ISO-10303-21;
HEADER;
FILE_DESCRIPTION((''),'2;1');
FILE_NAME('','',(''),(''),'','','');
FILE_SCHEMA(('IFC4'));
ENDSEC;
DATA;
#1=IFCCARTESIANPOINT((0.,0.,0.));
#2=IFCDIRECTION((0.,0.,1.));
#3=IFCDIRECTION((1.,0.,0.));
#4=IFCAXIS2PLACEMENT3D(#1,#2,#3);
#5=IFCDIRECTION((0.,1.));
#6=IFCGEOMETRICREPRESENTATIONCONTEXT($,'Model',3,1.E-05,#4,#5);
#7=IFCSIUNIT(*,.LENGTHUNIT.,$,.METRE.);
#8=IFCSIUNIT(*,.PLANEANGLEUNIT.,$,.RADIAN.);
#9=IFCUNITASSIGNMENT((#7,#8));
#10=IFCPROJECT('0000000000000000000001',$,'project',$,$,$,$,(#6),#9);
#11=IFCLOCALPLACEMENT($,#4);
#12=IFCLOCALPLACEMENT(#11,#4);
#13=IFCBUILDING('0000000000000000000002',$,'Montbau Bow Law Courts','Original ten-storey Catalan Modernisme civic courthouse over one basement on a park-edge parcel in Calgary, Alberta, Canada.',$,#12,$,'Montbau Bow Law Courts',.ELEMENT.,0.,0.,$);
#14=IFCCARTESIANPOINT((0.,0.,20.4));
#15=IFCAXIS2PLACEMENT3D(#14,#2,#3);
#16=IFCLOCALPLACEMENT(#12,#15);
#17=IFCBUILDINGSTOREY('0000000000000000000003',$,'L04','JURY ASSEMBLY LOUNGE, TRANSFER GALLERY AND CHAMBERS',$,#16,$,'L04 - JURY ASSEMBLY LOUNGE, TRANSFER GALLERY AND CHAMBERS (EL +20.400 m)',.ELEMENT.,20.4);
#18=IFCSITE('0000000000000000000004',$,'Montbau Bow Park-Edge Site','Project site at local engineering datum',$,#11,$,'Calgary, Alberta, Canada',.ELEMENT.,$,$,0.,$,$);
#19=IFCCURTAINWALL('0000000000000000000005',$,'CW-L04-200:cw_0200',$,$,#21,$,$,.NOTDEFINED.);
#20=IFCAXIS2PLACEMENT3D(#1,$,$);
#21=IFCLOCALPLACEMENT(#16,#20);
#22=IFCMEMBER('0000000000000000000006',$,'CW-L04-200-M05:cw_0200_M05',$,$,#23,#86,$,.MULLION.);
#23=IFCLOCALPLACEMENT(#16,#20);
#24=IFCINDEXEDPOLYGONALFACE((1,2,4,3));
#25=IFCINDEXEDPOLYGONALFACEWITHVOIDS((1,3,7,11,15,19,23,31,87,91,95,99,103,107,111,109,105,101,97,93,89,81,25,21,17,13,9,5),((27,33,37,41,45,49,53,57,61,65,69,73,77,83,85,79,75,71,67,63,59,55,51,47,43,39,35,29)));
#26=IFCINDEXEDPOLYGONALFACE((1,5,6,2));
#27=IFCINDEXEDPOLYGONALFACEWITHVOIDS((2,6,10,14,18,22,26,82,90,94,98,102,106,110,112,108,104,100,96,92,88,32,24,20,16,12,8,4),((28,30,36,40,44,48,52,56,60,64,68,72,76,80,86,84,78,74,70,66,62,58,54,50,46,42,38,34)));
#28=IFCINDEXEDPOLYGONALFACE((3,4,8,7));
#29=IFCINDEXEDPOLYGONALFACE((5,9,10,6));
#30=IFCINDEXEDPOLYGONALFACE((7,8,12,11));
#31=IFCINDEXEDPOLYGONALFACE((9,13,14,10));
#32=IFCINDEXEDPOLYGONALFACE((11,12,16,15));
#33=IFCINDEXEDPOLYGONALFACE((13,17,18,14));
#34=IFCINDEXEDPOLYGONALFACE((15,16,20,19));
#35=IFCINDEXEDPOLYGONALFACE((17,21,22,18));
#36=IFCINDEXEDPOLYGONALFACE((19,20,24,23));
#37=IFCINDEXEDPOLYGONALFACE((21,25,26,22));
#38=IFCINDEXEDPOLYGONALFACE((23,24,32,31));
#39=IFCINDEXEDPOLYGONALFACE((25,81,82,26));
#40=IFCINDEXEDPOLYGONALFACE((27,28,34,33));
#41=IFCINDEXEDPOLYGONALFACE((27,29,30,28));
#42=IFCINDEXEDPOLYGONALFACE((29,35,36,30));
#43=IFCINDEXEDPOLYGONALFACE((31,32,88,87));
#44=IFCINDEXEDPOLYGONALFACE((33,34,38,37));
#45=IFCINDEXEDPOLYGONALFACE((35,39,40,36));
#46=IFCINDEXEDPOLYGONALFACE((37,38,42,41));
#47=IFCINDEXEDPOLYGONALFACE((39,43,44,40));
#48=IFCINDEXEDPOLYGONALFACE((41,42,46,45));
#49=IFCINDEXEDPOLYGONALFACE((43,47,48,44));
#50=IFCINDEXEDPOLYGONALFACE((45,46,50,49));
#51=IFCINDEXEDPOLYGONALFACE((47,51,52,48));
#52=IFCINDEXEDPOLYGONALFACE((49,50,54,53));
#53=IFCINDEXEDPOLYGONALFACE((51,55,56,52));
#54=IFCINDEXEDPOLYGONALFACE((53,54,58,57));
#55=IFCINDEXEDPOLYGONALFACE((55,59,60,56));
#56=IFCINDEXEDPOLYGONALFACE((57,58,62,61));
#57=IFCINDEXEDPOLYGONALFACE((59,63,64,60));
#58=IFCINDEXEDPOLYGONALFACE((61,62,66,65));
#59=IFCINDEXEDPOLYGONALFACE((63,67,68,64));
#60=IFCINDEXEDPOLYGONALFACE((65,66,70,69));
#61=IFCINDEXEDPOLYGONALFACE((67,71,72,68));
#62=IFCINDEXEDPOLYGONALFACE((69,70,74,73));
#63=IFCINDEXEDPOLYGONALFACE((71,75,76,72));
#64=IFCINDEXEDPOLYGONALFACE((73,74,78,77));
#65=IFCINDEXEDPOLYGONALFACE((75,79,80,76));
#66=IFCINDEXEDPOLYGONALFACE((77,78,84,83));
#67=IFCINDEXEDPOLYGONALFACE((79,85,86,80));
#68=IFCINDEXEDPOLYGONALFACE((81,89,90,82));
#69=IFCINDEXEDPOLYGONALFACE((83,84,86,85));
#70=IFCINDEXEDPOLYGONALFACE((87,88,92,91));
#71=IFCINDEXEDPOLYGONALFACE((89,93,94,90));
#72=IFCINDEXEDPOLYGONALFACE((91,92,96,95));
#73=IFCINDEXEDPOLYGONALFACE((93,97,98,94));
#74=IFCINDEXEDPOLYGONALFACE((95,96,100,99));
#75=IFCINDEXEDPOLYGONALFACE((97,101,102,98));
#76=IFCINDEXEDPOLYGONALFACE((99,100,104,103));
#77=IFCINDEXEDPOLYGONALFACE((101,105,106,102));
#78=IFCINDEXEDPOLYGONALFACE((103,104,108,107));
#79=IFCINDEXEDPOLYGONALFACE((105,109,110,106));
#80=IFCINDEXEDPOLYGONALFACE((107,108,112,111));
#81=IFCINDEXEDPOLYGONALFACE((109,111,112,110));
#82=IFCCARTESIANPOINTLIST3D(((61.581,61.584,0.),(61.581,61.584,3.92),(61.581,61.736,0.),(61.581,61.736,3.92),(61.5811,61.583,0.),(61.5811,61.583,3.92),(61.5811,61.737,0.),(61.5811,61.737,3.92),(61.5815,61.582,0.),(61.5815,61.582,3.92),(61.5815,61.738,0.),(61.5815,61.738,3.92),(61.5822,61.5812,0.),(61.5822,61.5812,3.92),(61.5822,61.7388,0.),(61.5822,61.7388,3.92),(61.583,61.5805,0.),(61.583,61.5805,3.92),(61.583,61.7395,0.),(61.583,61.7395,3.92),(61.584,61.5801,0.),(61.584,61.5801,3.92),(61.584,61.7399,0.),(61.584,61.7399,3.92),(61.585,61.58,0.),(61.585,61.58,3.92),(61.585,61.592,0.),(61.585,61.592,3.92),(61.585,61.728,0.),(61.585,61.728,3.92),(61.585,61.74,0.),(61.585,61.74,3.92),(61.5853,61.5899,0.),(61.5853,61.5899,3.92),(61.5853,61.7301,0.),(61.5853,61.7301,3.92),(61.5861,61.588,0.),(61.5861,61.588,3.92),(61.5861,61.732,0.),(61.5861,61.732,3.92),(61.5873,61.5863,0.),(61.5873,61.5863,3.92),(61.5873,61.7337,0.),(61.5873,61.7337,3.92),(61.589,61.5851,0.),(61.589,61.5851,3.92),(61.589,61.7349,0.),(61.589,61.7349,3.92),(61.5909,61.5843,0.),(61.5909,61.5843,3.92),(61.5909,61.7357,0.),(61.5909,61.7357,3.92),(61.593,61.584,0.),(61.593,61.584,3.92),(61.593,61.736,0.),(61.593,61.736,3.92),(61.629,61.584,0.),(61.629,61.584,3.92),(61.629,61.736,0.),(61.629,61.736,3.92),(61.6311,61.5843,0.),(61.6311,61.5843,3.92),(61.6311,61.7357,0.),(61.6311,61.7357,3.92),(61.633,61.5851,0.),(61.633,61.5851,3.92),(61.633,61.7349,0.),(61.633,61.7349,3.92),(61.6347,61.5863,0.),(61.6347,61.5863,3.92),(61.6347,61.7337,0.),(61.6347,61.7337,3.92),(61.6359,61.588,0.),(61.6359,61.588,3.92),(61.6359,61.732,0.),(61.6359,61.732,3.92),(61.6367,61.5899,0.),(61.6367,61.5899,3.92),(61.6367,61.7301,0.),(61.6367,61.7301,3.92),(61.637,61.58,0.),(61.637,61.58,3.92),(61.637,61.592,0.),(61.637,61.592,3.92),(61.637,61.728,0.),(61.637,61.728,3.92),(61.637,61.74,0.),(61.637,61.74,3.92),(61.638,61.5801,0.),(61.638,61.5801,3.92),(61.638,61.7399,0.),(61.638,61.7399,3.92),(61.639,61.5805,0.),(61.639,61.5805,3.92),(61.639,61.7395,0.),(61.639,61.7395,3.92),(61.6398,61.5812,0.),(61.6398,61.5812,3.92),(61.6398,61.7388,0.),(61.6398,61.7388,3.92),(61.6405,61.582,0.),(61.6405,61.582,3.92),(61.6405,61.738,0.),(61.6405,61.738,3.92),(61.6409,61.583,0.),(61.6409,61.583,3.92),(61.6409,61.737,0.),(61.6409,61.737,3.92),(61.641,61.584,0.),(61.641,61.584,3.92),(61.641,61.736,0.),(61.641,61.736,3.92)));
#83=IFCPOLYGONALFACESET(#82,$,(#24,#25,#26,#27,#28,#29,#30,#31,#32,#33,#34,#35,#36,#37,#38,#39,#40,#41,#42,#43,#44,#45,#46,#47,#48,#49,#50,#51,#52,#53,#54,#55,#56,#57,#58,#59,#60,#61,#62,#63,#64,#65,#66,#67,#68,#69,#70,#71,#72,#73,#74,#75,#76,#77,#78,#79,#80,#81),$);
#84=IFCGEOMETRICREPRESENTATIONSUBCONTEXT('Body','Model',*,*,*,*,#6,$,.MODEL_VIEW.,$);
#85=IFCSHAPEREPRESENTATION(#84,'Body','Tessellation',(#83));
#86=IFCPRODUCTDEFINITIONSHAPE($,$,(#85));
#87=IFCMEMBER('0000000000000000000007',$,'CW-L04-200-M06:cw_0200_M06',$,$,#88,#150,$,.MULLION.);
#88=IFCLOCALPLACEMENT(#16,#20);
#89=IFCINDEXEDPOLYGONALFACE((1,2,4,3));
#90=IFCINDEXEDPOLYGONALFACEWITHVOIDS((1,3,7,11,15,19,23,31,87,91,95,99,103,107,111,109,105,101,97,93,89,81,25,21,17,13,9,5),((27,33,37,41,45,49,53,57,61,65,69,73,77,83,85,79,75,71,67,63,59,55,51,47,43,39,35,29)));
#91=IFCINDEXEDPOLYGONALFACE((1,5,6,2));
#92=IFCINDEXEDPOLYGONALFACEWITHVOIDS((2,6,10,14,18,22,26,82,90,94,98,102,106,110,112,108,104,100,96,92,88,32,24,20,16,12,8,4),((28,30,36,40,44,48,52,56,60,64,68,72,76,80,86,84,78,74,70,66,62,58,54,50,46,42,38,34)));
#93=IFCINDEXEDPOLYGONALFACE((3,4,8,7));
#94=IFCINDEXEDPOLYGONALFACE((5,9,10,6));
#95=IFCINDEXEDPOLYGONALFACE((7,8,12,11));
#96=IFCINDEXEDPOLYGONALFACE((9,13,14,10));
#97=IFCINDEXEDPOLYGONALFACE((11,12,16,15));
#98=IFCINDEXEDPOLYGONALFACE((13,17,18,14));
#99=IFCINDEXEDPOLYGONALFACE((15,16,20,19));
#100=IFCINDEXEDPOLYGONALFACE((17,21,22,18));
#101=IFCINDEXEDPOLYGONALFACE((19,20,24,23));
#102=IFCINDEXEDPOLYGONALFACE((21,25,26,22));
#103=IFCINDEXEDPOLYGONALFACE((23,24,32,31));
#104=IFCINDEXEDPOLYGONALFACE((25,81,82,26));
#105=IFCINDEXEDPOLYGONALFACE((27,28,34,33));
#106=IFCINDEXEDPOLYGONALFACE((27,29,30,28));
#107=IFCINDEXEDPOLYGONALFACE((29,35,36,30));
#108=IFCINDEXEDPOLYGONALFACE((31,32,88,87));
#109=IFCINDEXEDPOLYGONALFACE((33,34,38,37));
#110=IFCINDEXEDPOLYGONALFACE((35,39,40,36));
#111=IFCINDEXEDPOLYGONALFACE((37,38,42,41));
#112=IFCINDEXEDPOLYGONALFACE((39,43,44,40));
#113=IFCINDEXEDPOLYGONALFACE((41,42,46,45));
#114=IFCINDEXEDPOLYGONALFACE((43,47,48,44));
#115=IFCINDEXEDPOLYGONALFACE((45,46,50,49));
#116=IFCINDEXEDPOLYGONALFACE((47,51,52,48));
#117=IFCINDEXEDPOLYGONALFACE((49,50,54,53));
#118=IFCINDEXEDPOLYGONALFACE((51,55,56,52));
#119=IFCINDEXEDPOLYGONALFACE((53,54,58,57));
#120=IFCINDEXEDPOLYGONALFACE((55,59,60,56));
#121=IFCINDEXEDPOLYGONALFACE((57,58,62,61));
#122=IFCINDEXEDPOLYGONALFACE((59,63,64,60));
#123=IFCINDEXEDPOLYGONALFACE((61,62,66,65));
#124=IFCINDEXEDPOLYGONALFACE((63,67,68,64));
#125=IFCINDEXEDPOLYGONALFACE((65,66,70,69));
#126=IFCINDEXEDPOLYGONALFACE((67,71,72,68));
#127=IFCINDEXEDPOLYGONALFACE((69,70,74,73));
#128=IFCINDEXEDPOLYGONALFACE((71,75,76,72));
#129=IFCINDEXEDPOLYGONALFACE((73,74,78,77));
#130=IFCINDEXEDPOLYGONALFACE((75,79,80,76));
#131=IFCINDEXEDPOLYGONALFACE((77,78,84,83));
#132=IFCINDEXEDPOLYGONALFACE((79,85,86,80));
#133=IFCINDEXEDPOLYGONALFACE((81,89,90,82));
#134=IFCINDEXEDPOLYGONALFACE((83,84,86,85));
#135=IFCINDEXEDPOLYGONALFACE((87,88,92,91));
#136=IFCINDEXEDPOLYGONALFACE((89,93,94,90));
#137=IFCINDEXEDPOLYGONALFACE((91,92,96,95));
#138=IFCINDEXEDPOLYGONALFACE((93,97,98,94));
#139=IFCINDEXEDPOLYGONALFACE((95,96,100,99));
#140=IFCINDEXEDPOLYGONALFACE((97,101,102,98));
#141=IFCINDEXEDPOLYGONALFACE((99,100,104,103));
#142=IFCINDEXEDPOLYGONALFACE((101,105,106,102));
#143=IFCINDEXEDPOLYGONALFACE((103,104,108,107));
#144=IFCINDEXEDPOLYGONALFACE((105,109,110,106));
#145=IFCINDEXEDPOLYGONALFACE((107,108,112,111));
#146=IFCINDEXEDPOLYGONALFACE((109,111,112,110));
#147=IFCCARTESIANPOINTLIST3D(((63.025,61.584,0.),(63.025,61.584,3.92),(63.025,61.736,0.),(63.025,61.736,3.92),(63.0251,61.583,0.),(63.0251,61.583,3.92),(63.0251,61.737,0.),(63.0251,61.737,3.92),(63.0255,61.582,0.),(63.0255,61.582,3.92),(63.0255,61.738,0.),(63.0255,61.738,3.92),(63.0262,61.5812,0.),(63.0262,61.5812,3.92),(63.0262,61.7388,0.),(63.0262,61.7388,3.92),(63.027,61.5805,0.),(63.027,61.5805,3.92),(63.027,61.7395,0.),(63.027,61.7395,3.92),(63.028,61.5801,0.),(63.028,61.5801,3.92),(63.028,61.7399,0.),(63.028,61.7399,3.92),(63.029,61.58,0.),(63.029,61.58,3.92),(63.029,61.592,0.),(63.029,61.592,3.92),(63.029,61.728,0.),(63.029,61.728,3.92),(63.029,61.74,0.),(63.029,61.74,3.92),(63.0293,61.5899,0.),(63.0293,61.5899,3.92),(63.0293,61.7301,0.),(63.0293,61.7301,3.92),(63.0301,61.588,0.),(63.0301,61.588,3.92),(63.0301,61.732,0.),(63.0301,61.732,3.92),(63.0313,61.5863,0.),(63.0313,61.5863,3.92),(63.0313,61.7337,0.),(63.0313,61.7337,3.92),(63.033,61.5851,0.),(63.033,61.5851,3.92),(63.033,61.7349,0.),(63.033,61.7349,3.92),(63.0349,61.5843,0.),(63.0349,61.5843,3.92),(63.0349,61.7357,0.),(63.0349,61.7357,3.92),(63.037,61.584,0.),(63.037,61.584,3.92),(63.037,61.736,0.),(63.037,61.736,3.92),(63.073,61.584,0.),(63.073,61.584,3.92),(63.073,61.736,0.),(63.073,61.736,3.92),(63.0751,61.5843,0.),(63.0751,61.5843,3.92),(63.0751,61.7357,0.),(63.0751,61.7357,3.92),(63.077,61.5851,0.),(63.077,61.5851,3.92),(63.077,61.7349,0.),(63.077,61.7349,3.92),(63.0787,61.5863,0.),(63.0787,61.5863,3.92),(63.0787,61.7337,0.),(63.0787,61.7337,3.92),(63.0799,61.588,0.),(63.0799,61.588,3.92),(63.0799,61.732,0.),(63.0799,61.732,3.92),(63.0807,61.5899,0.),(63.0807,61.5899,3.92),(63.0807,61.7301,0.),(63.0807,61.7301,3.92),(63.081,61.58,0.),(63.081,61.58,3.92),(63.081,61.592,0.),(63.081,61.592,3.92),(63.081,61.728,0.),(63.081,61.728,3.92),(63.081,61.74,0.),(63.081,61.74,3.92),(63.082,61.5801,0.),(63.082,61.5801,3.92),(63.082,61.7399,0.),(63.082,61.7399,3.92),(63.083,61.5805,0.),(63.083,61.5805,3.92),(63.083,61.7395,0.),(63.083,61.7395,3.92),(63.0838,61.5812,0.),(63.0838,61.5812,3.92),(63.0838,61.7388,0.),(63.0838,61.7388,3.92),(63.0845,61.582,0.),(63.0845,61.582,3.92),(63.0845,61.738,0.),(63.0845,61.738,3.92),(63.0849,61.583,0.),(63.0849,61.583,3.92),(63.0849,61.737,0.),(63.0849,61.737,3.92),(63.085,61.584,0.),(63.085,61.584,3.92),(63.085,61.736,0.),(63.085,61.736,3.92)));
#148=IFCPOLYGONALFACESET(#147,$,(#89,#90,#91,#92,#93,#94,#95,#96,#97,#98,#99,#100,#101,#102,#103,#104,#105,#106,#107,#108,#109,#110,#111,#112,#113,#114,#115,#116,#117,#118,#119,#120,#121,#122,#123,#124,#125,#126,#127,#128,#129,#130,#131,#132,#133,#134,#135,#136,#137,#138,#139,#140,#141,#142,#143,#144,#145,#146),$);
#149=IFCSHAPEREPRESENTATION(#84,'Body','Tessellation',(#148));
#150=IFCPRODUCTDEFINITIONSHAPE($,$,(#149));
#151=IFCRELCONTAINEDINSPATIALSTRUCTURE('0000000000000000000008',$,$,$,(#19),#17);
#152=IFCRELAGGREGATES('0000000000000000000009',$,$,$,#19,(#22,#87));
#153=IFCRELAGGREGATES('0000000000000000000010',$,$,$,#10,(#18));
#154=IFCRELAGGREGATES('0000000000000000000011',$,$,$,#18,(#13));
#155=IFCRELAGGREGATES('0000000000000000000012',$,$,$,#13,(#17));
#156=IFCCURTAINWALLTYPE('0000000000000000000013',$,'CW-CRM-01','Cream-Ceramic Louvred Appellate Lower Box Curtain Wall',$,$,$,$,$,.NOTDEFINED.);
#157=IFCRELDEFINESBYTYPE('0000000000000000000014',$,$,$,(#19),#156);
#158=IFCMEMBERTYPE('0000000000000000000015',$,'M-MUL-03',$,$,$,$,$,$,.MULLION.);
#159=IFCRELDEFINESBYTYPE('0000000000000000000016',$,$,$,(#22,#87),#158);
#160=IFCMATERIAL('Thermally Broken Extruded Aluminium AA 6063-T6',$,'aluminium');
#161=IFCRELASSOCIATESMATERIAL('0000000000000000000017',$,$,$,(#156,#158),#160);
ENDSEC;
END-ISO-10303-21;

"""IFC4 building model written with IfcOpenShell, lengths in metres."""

from ifc_helpers import new_model, si_unit, direction, frame, origin_with_axes, origin_2d_with_axis, place, context, subcontext, project, spatial, hollow_rectangle, extrude, material, material_profile, profile_set, type_object, element, aggregate, save


model = new_model("IFC4")

# Units and contexts
model_context = context("Model", 3, precision=1e-05, world=origin_with_axes(), true_north=direction((0.0, 1.0)))
body_context = subcontext(model_context, "Body", "Model", "MODEL_VIEW")
ifc_project = project(units=[si_unit("LENGTHUNIT", "METRE"), si_unit("PLANEANGLEUNIT", "RADIAN")], contexts=[model_context])

# Site, building, storey
site_placement = place(None, origin_with_axes())
site = spatial("IfcSite", under=ifc_project, at=site_placement, Name="Montbau Bow Park-Edge Site", Description="Project site at local engineering datum", LongName="Calgary, Alberta, Canada", CompositionType="ELEMENT", RefElevation=0.0)
building_placement = place(site_placement, origin_with_axes())
building = spatial("IfcBuilding", under=site, at=building_placement, Name="Montbau Bow Law Courts", Description="Original ten-storey Catalan Modernisme civic courthouse over one basement on a park-edge parcel in Calgary, Alberta, Canada.", LongName="Montbau Bow Law Courts", CompositionType="ELEMENT", ElevationOfRefHeight=0.0, ElevationOfTerrain=0.0)
storey_placement = place(building_placement, frame((0.0, 0.0, 20.4), z_axis=(0.0, 0.0, 1.0), x_axis=(1.0, 0.0, 0.0)))
storey = spatial("IfcBuildingStorey", under=building, at=storey_placement, Name="L04", Description="JURY ASSEMBLY LOUNGE, TRANSFER GALLERY AND CHAMBERS", LongName="L04 - JURY ASSEMBLY LOUNGE, TRANSFER GALLERY AND CHAMBERS (EL +20.400 m)", CompositionType="ELEMENT", Elevation=20.4)

# Shared definitions
ifc_material_1 = material(Name="Thermally Broken Extruded Aluminium AA 6063-T6", Category="aluminium")
curtain_wall_type = type_object("IfcCurtainWallType", Name="CW-CRM-01", Description="Cream-Ceramic Louvred Appellate Lower Box Curtain Wall", PredefinedType="NOTDEFINED", material=ifc_material_1)

# Curtain wall, members
curtain_wall_1_placement = place(None, frame((55.715, 61.66, 20.4), z_axis=(0.0, 0.0, 1.0), x_axis=(1.0, 0.0, 0.0)))
curtain_wall_1 = element("IfcCurtainWall", 1, at=curtain_wall_1_placement, inside=storey, type_object=curtain_wall_type, Name="CW-L04-200:cw_0200", PredefinedType="NOTDEFINED")
ifc_material_profile_1 = material_profile(ifc_material_1, hollow_rectangle(XDim=0.06, YDim=0.16, WallThickness=0.004, InnerFilletRadius=0.008, OuterFilletRadius=0.004, at=origin_2d_with_axis()), Name="CWM-160X60", Category="Main", Priority=0)
ifc_profile_set_1 = profile_set([ifc_material_profile_1], Name="Thermally Broken Extruded Aluminium AA 6063-T6")
member_type_1 = type_object("IfcMemberType", Name="M-MUL-03", PredefinedType="MULLION", material=ifc_profile_set_1)
member_1_placement = place(None, frame((61.611, 61.66, 20.4), z_axis=(0.0, 0.0, 1.0), x_axis=(1.0, 0.0, 0.0)))
member_1 = element("IfcMember", 2, at=member_1_placement, type_object=member_type_1, Name="CW-L04-200-M05:cw_0200_M05", PredefinedType="MULLION", context=body_context, shape_type="SweptSolid", body=[
    extrude(hollow_rectangle(XDim=0.06, YDim=0.16, WallThickness=0.004, InnerFilletRadius=0.008, OuterFilletRadius=0.004, at=origin_2d_with_axis()), origin_with_axes(), (0.0, 0.0, 1.0), 3.92),
])
member_2_placement = place(None, frame((63.055, 61.66, 20.4), z_axis=(0.0, 0.0, 1.0), x_axis=(1.0, 0.0, 0.0)))
member_2 = element("IfcMember", 3, at=member_2_placement, type_object=member_type_1, Name="CW-L04-200-M06:cw_0200_M06", PredefinedType="MULLION", context=body_context, shape_type="SweptSolid", body=[
    extrude(hollow_rectangle(XDim=0.06, YDim=0.16, WallThickness=0.004, InnerFilletRadius=0.008, OuterFilletRadius=0.004, at=origin_2d_with_axis()), origin_with_axes(), (0.0, 0.0, 1.0), 3.92),
])

aggregate(curtain_wall_1, [member_1, member_2])

save(model, "model.ifc")
